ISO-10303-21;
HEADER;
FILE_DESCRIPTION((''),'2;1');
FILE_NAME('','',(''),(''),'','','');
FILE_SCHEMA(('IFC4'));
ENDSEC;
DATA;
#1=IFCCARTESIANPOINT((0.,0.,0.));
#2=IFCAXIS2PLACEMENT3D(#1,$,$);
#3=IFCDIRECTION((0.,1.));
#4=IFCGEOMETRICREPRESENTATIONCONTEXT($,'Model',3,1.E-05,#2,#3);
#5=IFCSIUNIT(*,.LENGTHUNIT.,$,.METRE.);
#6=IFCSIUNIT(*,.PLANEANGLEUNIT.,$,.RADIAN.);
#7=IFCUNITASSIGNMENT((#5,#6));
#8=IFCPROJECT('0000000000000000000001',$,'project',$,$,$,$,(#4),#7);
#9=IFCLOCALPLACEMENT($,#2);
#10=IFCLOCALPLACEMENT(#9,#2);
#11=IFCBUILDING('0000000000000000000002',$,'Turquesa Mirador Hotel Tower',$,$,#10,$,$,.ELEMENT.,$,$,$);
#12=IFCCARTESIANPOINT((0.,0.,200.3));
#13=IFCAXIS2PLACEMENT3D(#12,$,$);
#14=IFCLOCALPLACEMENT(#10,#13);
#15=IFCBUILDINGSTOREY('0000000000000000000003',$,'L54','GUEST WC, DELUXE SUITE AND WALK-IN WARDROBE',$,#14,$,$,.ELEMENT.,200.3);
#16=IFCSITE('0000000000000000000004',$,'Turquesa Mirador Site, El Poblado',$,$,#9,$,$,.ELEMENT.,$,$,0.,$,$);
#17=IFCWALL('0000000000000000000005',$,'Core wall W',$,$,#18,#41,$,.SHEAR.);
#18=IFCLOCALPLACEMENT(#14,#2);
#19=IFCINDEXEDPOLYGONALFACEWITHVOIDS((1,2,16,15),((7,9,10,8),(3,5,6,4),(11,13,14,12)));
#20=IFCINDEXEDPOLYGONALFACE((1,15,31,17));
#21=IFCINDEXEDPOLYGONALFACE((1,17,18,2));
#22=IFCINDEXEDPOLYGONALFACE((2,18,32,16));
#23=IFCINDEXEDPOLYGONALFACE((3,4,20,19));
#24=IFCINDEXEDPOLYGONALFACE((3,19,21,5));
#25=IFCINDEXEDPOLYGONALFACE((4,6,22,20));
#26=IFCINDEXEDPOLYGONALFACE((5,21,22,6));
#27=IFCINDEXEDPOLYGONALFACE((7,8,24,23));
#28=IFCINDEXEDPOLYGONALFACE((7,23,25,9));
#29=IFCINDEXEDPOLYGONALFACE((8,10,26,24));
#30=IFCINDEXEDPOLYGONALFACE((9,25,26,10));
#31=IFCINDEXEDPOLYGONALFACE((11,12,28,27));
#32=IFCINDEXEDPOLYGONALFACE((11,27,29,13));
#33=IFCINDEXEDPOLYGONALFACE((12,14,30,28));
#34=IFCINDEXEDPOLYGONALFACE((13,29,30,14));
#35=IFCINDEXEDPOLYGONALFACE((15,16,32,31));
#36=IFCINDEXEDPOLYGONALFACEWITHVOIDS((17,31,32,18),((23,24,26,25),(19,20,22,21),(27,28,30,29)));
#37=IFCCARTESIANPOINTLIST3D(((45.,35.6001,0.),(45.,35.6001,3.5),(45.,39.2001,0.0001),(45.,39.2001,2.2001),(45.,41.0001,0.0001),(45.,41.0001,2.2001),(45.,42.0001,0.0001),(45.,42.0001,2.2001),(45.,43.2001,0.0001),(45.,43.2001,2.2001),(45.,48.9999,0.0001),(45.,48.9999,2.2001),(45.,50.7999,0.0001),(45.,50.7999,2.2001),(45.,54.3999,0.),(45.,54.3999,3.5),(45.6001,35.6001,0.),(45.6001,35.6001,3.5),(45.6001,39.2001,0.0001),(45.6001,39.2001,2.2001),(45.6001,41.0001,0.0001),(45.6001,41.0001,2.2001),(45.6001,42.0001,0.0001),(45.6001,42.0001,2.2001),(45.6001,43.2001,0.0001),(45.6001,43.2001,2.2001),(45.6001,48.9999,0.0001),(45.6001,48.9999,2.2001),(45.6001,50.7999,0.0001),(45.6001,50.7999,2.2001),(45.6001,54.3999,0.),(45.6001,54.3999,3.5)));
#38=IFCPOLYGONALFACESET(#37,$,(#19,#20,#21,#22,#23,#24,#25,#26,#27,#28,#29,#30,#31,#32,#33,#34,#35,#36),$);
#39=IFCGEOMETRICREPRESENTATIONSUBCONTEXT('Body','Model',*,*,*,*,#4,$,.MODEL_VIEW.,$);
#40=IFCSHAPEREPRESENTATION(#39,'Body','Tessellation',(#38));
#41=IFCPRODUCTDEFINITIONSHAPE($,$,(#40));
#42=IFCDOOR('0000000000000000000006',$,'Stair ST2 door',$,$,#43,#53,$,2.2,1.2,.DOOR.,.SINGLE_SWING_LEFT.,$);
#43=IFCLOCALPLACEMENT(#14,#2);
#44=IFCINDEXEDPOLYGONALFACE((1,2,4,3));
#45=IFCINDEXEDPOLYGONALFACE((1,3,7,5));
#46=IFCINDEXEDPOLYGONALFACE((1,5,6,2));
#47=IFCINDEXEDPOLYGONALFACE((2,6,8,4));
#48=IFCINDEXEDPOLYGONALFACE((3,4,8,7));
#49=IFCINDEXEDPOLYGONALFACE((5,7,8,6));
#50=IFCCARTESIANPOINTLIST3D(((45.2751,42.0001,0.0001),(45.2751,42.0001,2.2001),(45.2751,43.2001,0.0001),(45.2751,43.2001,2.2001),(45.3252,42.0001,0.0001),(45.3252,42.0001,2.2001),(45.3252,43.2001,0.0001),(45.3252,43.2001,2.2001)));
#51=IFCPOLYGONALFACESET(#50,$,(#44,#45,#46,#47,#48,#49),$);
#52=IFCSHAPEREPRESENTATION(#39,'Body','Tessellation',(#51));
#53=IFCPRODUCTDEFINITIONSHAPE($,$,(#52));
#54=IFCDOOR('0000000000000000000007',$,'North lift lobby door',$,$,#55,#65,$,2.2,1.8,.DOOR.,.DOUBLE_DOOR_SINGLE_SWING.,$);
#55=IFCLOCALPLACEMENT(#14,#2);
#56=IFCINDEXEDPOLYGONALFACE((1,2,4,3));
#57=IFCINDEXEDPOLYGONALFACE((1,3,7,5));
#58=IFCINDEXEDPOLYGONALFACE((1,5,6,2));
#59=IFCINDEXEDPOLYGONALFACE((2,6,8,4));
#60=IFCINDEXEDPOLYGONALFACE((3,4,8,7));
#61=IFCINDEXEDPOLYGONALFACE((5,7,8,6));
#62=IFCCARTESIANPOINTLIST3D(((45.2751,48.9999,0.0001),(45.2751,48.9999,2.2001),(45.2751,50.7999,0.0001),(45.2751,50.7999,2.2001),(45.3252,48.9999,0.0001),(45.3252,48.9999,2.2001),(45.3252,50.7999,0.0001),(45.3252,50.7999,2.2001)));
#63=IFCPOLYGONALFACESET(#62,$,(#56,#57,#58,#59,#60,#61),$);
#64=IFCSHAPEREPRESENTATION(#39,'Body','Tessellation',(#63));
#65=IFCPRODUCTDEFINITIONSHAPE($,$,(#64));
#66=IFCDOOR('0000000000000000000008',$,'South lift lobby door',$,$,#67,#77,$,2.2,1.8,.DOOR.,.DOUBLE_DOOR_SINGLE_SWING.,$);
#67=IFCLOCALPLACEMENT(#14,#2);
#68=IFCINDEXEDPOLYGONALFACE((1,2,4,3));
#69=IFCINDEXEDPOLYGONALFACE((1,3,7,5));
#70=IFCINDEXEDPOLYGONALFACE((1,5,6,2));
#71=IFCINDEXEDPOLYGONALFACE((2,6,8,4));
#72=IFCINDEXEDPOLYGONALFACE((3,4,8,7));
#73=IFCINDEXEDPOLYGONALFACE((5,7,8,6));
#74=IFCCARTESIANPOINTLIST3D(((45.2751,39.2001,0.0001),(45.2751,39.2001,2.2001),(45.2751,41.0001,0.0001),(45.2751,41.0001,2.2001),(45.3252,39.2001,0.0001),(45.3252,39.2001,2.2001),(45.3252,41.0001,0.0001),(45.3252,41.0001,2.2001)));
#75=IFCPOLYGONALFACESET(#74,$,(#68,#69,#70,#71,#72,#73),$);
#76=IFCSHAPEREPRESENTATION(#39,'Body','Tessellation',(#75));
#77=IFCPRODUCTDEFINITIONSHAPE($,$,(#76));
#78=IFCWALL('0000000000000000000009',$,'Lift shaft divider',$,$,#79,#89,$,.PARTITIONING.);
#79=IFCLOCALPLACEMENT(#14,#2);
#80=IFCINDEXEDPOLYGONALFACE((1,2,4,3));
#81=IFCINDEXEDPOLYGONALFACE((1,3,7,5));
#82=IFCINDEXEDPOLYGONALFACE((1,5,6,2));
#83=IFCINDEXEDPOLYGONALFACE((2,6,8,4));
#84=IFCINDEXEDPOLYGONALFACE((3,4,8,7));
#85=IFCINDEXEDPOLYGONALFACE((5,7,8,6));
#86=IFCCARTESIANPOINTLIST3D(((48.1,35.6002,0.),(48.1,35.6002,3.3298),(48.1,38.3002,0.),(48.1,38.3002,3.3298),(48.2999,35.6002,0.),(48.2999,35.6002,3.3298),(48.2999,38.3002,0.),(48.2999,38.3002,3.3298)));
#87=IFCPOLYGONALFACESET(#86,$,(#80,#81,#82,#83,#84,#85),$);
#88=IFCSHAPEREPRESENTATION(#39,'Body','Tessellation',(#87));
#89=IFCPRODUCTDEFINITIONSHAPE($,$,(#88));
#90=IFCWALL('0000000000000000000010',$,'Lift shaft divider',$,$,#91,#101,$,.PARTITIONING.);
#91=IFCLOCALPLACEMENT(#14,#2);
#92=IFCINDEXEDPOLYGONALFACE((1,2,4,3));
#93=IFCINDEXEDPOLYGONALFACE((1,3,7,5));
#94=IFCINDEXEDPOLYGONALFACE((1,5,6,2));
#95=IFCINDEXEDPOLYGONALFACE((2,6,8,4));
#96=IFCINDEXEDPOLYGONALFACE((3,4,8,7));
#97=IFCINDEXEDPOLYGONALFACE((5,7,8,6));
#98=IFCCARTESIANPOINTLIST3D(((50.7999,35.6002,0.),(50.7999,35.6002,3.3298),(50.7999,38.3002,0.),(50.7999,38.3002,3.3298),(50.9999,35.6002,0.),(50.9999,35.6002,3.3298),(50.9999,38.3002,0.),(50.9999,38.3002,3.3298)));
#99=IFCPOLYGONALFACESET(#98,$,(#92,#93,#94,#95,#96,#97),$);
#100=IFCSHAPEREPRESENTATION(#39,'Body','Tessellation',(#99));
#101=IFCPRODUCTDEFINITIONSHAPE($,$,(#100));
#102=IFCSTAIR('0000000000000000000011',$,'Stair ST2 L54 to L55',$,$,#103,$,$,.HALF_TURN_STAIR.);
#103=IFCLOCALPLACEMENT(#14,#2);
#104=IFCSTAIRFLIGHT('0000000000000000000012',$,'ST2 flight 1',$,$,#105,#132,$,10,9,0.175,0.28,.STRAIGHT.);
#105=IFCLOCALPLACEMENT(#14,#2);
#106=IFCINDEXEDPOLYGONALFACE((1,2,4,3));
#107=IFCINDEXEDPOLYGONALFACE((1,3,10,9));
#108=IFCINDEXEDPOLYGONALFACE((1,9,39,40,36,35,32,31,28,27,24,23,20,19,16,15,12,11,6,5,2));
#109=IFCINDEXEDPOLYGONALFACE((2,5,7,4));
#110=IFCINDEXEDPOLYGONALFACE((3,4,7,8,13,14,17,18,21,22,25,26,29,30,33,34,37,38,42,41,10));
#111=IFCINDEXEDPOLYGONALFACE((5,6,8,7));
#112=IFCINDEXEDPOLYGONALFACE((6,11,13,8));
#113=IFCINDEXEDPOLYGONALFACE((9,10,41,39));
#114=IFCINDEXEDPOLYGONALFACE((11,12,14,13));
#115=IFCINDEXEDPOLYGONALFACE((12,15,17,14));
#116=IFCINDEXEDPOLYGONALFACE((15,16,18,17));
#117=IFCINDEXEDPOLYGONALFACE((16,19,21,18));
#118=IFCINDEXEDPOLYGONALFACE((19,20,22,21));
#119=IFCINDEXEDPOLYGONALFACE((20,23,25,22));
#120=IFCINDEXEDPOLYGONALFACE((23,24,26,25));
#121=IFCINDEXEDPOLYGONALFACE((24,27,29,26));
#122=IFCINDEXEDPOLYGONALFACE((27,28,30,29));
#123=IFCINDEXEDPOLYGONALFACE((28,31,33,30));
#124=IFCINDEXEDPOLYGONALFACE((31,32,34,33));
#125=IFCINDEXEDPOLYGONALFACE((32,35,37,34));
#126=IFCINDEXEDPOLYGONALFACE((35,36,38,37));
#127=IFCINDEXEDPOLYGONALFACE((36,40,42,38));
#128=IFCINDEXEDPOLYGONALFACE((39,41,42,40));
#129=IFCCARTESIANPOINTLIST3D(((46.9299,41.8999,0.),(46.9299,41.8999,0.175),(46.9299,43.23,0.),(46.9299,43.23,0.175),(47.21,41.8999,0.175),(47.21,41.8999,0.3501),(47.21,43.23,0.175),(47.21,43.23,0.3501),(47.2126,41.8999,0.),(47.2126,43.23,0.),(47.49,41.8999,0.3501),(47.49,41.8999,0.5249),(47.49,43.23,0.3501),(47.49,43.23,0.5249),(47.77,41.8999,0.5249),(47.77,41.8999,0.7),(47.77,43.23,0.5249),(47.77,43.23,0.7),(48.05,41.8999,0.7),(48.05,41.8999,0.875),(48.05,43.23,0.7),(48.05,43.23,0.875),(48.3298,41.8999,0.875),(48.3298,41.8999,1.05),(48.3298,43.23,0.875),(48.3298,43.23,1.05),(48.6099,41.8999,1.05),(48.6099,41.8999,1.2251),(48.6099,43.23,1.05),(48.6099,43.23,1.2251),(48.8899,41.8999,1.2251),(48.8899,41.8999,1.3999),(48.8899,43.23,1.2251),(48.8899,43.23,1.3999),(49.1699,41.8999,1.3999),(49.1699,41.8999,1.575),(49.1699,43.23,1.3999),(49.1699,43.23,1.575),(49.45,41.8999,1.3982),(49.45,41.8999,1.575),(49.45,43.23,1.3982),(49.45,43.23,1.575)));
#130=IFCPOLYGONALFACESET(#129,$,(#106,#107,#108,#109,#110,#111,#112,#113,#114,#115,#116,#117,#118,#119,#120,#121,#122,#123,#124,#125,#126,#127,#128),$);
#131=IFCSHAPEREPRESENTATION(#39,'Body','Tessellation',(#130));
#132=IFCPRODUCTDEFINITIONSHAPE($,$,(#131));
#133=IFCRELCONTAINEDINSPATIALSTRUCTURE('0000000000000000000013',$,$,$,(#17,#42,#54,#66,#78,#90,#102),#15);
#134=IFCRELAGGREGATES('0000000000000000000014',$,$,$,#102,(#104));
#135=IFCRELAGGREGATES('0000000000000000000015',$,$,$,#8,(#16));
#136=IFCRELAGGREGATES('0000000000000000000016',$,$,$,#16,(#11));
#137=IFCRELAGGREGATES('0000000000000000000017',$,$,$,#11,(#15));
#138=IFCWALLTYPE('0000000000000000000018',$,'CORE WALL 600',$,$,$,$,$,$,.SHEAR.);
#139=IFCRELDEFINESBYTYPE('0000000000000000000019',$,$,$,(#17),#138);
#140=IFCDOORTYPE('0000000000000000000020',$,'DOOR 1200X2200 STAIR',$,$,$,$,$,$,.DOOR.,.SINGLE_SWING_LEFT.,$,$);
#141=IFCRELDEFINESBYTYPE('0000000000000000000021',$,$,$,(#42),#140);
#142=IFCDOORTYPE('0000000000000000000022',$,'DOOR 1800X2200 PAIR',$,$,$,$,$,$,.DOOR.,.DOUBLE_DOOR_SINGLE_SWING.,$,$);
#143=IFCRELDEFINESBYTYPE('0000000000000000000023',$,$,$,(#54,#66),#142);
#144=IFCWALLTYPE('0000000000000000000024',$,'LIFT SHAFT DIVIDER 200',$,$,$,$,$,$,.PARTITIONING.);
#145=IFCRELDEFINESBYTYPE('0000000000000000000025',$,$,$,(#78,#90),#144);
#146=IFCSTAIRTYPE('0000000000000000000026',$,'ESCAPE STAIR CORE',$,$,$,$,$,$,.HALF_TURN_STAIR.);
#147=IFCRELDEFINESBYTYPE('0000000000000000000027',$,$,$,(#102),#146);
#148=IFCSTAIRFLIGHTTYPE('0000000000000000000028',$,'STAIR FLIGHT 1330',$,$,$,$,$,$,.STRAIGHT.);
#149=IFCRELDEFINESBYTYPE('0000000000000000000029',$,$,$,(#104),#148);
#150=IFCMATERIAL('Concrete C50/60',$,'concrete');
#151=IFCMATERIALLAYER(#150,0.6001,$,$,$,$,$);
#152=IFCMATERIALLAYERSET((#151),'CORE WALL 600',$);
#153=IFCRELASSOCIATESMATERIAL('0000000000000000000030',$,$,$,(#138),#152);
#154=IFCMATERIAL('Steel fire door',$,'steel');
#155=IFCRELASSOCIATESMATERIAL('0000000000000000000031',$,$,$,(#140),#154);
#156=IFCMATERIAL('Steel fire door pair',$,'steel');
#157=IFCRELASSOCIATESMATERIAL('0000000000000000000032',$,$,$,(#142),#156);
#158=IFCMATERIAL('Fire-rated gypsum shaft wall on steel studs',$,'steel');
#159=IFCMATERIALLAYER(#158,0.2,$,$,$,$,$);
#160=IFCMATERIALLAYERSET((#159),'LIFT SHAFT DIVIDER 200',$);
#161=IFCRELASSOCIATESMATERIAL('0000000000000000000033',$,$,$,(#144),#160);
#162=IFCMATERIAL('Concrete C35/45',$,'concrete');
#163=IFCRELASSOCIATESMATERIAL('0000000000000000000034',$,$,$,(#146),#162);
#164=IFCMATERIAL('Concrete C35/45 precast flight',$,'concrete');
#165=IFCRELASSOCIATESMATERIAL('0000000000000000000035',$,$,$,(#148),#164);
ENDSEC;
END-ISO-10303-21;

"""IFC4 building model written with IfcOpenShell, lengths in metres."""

from ifc_helpers import new_model, si_unit, direction, frame, frame_2d, origin, place, context, subcontext, project, spatial, polyline, rectangle, outline, extrude, material, layer, layer_set, type_object, element, fill, aggregate, save


model = new_model("IFC4")

# Units and contexts
model_context = context("Model", 3, precision=1e-05, world=origin(), true_north=direction((0.0, 1.0)))
body_context = subcontext(model_context, "Body", "Model", "MODEL_VIEW")
ifc_project = project(units=[si_unit("LENGTHUNIT", "METRE"), si_unit("PLANEANGLEUNIT", "RADIAN")], contexts=[model_context])

# Site, building, storey
site_placement = place(None, origin())
site = spatial("IfcSite", under=ifc_project, at=site_placement, Name="Turquesa Mirador Site, El Poblado", CompositionType="ELEMENT", RefElevation=0.0)
building_placement = place(site_placement, origin())
building = spatial("IfcBuilding", under=site, at=building_placement, Name="Turquesa Mirador Hotel Tower", CompositionType="ELEMENT")
storey_placement = place(building_placement, frame((0.0, 0.0, 200.3)))
storey = spatial("IfcBuildingStorey", under=building, at=storey_placement, Name="L54", Description="GUEST WC, DELUXE SUITE AND WALK-IN WARDROBE", CompositionType="ELEMENT", Elevation=200.3)

# Shared definitions
ifc_material_1 = material(Name="Concrete C50/60", Category="concrete")
ifc_layer_1 = layer(ifc_material_1, 0.6001)
ifc_layer_set_1 = layer_set([ifc_layer_1], Name="CORE WALL 600")
wall_type_1 = type_object("IfcWallType", Name="CORE WALL 600", PredefinedType="SHEAR", material=ifc_layer_set_1)

# Wall, openings, doors
wall_1_placement = place(storey_placement, frame((45.3, 35.6001, 0.0), z_axis=(0.0, 0.0, 1.0), x_axis=(0.0, 1.0, 0.0)))
wall_1 = element("IfcWall", 1, at=wall_1_placement, inside=storey, type_object=wall_type_1, Name="Core wall W", PredefinedType="SHEAR", context=body_context, shape_type="SweptSolid", body=[
    extrude(rectangle(XDim=18.7998, YDim=0.6001, at=frame_2d((9.3999, 0.0))), origin(), (0.0, 0.0, 1.0), 3.5),
])
opening_1_placement = place(wall_1_placement, frame((13.3999, 0.0, 0.0)))
opening_1 = element("IfcOpeningElement", 2, at=opening_1_placement, cuts=wall_1, PredefinedType="OPENING", context=body_context, shape_type="SweptSolid", body=[
    extrude(rectangle(XDim=1.8, YDim=2.2, at=frame_2d((0.8999, 1.1001))), frame((0.0, 0.3101, 0.0), z_axis=(0.0, -1.0, 0.0), x_axis=(1.0, 0.0, 0.0)), (0.0, 0.0, 1.0), 0.6201),
])
opening_2_placement = place(wall_1_placement, frame((3.6001, 0.0, 0.0)))
opening_2 = element("IfcOpeningElement", 3, at=opening_2_placement, cuts=wall_1, PredefinedType="OPENING", context=body_context, shape_type="SweptSolid", body=[
    extrude(rectangle(XDim=1.8, YDim=2.2, at=frame_2d((0.8999, 1.1001))), frame((0.0, 0.3101, 0.0), z_axis=(0.0, -1.0, 0.0), x_axis=(1.0, 0.0, 0.0)), (0.0, 0.0, 1.0), 0.6201),
])
opening_3_placement = place(wall_1_placement, frame((6.3999, 0.0, 0.0)))
opening_3 = element("IfcOpeningElement", 4, at=opening_3_placement, cuts=wall_1, PredefinedType="OPENING", context=body_context, shape_type="SweptSolid", body=[
    extrude(rectangle(XDim=1.2, YDim=2.2, at=frame_2d((0.6001, 1.1001))), frame((0.0, 0.3101, 0.0), z_axis=(0.0, -1.0, 0.0), x_axis=(1.0, 0.0, 0.0)), (0.0, 0.0, 1.0), 0.6201),
])
ifc_material_2 = material(Name="Steel fire door", Category="steel")
door_type_1 = type_object("IfcDoorType", Name="DOOR 1200X2200 STAIR", OperationType="SINGLE_SWING_LEFT", PredefinedType="DOOR", material=ifc_material_2)
door_1_placement = place(opening_3_placement, origin())
door_1 = element("IfcDoor", 5, at=door_1_placement, inside=storey, type_object=door_type_1, Name="Stair ST2 door", OperationType="SINGLE_SWING_LEFT", OverallHeight=2.2, OverallWidth=1.2, PredefinedType="DOOR", context=body_context, shape_type="SweptSolid", body=[
    extrude(rectangle(XDim=1.2, YDim=2.2, at=frame_2d((0.6001, 1.1001))), frame((0.0, 0.0249, 0.0), z_axis=(0.0, -1.0, 0.0), x_axis=(1.0, 0.0, 0.0)), (0.0, 0.0, 1.0), 0.05),
])
fill(opening_3, door_1)
ifc_material_3 = material(Name="Steel fire door pair", Category="steel")
door_type_2 = type_object("IfcDoorType", Name="DOOR 1800X2200 PAIR", OperationType="DOUBLE_DOOR_SINGLE_SWING", PredefinedType="DOOR", material=ifc_material_3)
door_2_placement = place(opening_1_placement, origin())
door_2 = element("IfcDoor", 6, at=door_2_placement, inside=storey, type_object=door_type_2, Name="North lift lobby door", OperationType="DOUBLE_DOOR_SINGLE_SWING", OverallHeight=2.2, OverallWidth=1.8, PredefinedType="DOOR", context=body_context, shape_type="SweptSolid", body=[
    extrude(rectangle(XDim=1.8, YDim=2.2, at=frame_2d((0.8999, 1.1001))), frame((0.0, 0.0249, 0.0), z_axis=(0.0, -1.0, 0.0), x_axis=(1.0, 0.0, 0.0)), (0.0, 0.0, 1.0), 0.05),
])
fill(opening_1, door_2)
door_3_placement = place(opening_2_placement, origin())
door_3 = element("IfcDoor", 7, at=door_3_placement, inside=storey, type_object=door_type_2, Name="South lift lobby door", OperationType="DOUBLE_DOOR_SINGLE_SWING", OverallHeight=2.2, OverallWidth=1.8, PredefinedType="DOOR", context=body_context, shape_type="SweptSolid", body=[
    extrude(rectangle(XDim=1.8, YDim=2.2, at=frame_2d((0.8999, 1.1001))), frame((0.0, 0.0249, 0.0), z_axis=(0.0, -1.0, 0.0), x_axis=(1.0, 0.0, 0.0)), (0.0, 0.0, 1.0), 0.05),
])
fill(opening_2, door_3)

# Walls
ifc_material_4 = material(Name="Fire-rated gypsum shaft wall on steel studs", Category="steel")
ifc_layer_2 = layer(ifc_material_4, 0.2)
ifc_layer_set_2 = layer_set([ifc_layer_2], Name="LIFT SHAFT DIVIDER 200")
wall_type_2 = type_object("IfcWallType", Name="LIFT SHAFT DIVIDER 200", PredefinedType="PARTITIONING", material=ifc_layer_set_2)
for number, where, z_axis, x_axis, name in (
    (8, (48.2, 35.6001, 0.0), (0.0, 0.0, 1.0), (0.0, 1.0, 0.0), "Lift shaft divider"),
    (9, (50.8999, 35.6001, 0.0), (0.0, 0.0, 1.0), (0.0, 1.0, 0.0), "Lift shaft divider"),
):
    element("IfcWall", number, at=place(storey_placement, frame(where, z_axis=z_axis, x_axis=x_axis)), inside=storey, type_object=wall_type_2, Name=name, PredefinedType="PARTITIONING", context=body_context, shape_type="SweptSolid", body=[
        extrude(rectangle(XDim=2.7, YDim=0.2, at=frame_2d((1.3501, 0.0))), origin(), (0.0, 0.0, 1.0), 3.3298),
    ])

# Stair, stair flight
ifc_material_5 = material(Name="Concrete C35/45", Category="concrete")
stair_type = type_object("IfcStairType", Name="ESCAPE STAIR CORE", PredefinedType="HALF_TURN_STAIR", material=ifc_material_5)
stair_placement = place(storey_placement, origin())
stair = element("IfcStair", 10, at=stair_placement, inside=storey, type_object=stair_type, Name="Stair ST2 L54 to L55", PredefinedType="HALF_TURN_STAIR")
ifc_material_6 = material(Name="Concrete C35/45 precast flight", Category="concrete")
stair_flight_type = type_object("IfcStairFlightType", Name="STAIR FLIGHT 1330", PredefinedType="STRAIGHT", material=ifc_material_6)
stair_flight_placement = place(storey_placement, frame((46.9299, 42.5649, 0.0), z_axis=(0.0, 0.0, 1.0), x_axis=(1.0, 0.0, 0.0)))
stair_flight = element("IfcStairFlight", 11, at=stair_flight_placement, type_object=stair_flight_type, Name="ST2 flight 1", NumberOfRisers=10, NumberOfTreads=9, PredefinedType="STRAIGHT", RiserHeight=0.175, TreadLength=0.28, context=body_context, shape_type="SweptSolid", body=[
    extrude(outline(polyline([(0.0, 0.0), (0.0, 0.175), (0.28, 0.175), (0.28, 0.3501), (0.5601, 0.3501), (0.5601, 0.5249), (0.8401, 0.5249), (0.8401, 0.7), (1.1201, 0.7), (1.1201, 0.875), (1.3999, 0.875), (1.3999, 1.05), (1.6799, 1.05), (1.6799, 1.2251), (1.96, 1.2251), (1.96, 1.3999), (2.24, 1.3999), (2.24, 1.575), (2.52, 1.575), (2.52, 1.75), (2.52, 1.3982), (0.2827, 0.0), (0.0, 0.0)])), frame((0.0, 0.665, 0.0), z_axis=(0.0, -1.0, 0.0), x_axis=(1.0, 0.0, 0.0)), (0.0, 0.0, 1.0), 1.3301),
])
aggregate(stair, [stair_flight])

save(model, "model.ifc")
